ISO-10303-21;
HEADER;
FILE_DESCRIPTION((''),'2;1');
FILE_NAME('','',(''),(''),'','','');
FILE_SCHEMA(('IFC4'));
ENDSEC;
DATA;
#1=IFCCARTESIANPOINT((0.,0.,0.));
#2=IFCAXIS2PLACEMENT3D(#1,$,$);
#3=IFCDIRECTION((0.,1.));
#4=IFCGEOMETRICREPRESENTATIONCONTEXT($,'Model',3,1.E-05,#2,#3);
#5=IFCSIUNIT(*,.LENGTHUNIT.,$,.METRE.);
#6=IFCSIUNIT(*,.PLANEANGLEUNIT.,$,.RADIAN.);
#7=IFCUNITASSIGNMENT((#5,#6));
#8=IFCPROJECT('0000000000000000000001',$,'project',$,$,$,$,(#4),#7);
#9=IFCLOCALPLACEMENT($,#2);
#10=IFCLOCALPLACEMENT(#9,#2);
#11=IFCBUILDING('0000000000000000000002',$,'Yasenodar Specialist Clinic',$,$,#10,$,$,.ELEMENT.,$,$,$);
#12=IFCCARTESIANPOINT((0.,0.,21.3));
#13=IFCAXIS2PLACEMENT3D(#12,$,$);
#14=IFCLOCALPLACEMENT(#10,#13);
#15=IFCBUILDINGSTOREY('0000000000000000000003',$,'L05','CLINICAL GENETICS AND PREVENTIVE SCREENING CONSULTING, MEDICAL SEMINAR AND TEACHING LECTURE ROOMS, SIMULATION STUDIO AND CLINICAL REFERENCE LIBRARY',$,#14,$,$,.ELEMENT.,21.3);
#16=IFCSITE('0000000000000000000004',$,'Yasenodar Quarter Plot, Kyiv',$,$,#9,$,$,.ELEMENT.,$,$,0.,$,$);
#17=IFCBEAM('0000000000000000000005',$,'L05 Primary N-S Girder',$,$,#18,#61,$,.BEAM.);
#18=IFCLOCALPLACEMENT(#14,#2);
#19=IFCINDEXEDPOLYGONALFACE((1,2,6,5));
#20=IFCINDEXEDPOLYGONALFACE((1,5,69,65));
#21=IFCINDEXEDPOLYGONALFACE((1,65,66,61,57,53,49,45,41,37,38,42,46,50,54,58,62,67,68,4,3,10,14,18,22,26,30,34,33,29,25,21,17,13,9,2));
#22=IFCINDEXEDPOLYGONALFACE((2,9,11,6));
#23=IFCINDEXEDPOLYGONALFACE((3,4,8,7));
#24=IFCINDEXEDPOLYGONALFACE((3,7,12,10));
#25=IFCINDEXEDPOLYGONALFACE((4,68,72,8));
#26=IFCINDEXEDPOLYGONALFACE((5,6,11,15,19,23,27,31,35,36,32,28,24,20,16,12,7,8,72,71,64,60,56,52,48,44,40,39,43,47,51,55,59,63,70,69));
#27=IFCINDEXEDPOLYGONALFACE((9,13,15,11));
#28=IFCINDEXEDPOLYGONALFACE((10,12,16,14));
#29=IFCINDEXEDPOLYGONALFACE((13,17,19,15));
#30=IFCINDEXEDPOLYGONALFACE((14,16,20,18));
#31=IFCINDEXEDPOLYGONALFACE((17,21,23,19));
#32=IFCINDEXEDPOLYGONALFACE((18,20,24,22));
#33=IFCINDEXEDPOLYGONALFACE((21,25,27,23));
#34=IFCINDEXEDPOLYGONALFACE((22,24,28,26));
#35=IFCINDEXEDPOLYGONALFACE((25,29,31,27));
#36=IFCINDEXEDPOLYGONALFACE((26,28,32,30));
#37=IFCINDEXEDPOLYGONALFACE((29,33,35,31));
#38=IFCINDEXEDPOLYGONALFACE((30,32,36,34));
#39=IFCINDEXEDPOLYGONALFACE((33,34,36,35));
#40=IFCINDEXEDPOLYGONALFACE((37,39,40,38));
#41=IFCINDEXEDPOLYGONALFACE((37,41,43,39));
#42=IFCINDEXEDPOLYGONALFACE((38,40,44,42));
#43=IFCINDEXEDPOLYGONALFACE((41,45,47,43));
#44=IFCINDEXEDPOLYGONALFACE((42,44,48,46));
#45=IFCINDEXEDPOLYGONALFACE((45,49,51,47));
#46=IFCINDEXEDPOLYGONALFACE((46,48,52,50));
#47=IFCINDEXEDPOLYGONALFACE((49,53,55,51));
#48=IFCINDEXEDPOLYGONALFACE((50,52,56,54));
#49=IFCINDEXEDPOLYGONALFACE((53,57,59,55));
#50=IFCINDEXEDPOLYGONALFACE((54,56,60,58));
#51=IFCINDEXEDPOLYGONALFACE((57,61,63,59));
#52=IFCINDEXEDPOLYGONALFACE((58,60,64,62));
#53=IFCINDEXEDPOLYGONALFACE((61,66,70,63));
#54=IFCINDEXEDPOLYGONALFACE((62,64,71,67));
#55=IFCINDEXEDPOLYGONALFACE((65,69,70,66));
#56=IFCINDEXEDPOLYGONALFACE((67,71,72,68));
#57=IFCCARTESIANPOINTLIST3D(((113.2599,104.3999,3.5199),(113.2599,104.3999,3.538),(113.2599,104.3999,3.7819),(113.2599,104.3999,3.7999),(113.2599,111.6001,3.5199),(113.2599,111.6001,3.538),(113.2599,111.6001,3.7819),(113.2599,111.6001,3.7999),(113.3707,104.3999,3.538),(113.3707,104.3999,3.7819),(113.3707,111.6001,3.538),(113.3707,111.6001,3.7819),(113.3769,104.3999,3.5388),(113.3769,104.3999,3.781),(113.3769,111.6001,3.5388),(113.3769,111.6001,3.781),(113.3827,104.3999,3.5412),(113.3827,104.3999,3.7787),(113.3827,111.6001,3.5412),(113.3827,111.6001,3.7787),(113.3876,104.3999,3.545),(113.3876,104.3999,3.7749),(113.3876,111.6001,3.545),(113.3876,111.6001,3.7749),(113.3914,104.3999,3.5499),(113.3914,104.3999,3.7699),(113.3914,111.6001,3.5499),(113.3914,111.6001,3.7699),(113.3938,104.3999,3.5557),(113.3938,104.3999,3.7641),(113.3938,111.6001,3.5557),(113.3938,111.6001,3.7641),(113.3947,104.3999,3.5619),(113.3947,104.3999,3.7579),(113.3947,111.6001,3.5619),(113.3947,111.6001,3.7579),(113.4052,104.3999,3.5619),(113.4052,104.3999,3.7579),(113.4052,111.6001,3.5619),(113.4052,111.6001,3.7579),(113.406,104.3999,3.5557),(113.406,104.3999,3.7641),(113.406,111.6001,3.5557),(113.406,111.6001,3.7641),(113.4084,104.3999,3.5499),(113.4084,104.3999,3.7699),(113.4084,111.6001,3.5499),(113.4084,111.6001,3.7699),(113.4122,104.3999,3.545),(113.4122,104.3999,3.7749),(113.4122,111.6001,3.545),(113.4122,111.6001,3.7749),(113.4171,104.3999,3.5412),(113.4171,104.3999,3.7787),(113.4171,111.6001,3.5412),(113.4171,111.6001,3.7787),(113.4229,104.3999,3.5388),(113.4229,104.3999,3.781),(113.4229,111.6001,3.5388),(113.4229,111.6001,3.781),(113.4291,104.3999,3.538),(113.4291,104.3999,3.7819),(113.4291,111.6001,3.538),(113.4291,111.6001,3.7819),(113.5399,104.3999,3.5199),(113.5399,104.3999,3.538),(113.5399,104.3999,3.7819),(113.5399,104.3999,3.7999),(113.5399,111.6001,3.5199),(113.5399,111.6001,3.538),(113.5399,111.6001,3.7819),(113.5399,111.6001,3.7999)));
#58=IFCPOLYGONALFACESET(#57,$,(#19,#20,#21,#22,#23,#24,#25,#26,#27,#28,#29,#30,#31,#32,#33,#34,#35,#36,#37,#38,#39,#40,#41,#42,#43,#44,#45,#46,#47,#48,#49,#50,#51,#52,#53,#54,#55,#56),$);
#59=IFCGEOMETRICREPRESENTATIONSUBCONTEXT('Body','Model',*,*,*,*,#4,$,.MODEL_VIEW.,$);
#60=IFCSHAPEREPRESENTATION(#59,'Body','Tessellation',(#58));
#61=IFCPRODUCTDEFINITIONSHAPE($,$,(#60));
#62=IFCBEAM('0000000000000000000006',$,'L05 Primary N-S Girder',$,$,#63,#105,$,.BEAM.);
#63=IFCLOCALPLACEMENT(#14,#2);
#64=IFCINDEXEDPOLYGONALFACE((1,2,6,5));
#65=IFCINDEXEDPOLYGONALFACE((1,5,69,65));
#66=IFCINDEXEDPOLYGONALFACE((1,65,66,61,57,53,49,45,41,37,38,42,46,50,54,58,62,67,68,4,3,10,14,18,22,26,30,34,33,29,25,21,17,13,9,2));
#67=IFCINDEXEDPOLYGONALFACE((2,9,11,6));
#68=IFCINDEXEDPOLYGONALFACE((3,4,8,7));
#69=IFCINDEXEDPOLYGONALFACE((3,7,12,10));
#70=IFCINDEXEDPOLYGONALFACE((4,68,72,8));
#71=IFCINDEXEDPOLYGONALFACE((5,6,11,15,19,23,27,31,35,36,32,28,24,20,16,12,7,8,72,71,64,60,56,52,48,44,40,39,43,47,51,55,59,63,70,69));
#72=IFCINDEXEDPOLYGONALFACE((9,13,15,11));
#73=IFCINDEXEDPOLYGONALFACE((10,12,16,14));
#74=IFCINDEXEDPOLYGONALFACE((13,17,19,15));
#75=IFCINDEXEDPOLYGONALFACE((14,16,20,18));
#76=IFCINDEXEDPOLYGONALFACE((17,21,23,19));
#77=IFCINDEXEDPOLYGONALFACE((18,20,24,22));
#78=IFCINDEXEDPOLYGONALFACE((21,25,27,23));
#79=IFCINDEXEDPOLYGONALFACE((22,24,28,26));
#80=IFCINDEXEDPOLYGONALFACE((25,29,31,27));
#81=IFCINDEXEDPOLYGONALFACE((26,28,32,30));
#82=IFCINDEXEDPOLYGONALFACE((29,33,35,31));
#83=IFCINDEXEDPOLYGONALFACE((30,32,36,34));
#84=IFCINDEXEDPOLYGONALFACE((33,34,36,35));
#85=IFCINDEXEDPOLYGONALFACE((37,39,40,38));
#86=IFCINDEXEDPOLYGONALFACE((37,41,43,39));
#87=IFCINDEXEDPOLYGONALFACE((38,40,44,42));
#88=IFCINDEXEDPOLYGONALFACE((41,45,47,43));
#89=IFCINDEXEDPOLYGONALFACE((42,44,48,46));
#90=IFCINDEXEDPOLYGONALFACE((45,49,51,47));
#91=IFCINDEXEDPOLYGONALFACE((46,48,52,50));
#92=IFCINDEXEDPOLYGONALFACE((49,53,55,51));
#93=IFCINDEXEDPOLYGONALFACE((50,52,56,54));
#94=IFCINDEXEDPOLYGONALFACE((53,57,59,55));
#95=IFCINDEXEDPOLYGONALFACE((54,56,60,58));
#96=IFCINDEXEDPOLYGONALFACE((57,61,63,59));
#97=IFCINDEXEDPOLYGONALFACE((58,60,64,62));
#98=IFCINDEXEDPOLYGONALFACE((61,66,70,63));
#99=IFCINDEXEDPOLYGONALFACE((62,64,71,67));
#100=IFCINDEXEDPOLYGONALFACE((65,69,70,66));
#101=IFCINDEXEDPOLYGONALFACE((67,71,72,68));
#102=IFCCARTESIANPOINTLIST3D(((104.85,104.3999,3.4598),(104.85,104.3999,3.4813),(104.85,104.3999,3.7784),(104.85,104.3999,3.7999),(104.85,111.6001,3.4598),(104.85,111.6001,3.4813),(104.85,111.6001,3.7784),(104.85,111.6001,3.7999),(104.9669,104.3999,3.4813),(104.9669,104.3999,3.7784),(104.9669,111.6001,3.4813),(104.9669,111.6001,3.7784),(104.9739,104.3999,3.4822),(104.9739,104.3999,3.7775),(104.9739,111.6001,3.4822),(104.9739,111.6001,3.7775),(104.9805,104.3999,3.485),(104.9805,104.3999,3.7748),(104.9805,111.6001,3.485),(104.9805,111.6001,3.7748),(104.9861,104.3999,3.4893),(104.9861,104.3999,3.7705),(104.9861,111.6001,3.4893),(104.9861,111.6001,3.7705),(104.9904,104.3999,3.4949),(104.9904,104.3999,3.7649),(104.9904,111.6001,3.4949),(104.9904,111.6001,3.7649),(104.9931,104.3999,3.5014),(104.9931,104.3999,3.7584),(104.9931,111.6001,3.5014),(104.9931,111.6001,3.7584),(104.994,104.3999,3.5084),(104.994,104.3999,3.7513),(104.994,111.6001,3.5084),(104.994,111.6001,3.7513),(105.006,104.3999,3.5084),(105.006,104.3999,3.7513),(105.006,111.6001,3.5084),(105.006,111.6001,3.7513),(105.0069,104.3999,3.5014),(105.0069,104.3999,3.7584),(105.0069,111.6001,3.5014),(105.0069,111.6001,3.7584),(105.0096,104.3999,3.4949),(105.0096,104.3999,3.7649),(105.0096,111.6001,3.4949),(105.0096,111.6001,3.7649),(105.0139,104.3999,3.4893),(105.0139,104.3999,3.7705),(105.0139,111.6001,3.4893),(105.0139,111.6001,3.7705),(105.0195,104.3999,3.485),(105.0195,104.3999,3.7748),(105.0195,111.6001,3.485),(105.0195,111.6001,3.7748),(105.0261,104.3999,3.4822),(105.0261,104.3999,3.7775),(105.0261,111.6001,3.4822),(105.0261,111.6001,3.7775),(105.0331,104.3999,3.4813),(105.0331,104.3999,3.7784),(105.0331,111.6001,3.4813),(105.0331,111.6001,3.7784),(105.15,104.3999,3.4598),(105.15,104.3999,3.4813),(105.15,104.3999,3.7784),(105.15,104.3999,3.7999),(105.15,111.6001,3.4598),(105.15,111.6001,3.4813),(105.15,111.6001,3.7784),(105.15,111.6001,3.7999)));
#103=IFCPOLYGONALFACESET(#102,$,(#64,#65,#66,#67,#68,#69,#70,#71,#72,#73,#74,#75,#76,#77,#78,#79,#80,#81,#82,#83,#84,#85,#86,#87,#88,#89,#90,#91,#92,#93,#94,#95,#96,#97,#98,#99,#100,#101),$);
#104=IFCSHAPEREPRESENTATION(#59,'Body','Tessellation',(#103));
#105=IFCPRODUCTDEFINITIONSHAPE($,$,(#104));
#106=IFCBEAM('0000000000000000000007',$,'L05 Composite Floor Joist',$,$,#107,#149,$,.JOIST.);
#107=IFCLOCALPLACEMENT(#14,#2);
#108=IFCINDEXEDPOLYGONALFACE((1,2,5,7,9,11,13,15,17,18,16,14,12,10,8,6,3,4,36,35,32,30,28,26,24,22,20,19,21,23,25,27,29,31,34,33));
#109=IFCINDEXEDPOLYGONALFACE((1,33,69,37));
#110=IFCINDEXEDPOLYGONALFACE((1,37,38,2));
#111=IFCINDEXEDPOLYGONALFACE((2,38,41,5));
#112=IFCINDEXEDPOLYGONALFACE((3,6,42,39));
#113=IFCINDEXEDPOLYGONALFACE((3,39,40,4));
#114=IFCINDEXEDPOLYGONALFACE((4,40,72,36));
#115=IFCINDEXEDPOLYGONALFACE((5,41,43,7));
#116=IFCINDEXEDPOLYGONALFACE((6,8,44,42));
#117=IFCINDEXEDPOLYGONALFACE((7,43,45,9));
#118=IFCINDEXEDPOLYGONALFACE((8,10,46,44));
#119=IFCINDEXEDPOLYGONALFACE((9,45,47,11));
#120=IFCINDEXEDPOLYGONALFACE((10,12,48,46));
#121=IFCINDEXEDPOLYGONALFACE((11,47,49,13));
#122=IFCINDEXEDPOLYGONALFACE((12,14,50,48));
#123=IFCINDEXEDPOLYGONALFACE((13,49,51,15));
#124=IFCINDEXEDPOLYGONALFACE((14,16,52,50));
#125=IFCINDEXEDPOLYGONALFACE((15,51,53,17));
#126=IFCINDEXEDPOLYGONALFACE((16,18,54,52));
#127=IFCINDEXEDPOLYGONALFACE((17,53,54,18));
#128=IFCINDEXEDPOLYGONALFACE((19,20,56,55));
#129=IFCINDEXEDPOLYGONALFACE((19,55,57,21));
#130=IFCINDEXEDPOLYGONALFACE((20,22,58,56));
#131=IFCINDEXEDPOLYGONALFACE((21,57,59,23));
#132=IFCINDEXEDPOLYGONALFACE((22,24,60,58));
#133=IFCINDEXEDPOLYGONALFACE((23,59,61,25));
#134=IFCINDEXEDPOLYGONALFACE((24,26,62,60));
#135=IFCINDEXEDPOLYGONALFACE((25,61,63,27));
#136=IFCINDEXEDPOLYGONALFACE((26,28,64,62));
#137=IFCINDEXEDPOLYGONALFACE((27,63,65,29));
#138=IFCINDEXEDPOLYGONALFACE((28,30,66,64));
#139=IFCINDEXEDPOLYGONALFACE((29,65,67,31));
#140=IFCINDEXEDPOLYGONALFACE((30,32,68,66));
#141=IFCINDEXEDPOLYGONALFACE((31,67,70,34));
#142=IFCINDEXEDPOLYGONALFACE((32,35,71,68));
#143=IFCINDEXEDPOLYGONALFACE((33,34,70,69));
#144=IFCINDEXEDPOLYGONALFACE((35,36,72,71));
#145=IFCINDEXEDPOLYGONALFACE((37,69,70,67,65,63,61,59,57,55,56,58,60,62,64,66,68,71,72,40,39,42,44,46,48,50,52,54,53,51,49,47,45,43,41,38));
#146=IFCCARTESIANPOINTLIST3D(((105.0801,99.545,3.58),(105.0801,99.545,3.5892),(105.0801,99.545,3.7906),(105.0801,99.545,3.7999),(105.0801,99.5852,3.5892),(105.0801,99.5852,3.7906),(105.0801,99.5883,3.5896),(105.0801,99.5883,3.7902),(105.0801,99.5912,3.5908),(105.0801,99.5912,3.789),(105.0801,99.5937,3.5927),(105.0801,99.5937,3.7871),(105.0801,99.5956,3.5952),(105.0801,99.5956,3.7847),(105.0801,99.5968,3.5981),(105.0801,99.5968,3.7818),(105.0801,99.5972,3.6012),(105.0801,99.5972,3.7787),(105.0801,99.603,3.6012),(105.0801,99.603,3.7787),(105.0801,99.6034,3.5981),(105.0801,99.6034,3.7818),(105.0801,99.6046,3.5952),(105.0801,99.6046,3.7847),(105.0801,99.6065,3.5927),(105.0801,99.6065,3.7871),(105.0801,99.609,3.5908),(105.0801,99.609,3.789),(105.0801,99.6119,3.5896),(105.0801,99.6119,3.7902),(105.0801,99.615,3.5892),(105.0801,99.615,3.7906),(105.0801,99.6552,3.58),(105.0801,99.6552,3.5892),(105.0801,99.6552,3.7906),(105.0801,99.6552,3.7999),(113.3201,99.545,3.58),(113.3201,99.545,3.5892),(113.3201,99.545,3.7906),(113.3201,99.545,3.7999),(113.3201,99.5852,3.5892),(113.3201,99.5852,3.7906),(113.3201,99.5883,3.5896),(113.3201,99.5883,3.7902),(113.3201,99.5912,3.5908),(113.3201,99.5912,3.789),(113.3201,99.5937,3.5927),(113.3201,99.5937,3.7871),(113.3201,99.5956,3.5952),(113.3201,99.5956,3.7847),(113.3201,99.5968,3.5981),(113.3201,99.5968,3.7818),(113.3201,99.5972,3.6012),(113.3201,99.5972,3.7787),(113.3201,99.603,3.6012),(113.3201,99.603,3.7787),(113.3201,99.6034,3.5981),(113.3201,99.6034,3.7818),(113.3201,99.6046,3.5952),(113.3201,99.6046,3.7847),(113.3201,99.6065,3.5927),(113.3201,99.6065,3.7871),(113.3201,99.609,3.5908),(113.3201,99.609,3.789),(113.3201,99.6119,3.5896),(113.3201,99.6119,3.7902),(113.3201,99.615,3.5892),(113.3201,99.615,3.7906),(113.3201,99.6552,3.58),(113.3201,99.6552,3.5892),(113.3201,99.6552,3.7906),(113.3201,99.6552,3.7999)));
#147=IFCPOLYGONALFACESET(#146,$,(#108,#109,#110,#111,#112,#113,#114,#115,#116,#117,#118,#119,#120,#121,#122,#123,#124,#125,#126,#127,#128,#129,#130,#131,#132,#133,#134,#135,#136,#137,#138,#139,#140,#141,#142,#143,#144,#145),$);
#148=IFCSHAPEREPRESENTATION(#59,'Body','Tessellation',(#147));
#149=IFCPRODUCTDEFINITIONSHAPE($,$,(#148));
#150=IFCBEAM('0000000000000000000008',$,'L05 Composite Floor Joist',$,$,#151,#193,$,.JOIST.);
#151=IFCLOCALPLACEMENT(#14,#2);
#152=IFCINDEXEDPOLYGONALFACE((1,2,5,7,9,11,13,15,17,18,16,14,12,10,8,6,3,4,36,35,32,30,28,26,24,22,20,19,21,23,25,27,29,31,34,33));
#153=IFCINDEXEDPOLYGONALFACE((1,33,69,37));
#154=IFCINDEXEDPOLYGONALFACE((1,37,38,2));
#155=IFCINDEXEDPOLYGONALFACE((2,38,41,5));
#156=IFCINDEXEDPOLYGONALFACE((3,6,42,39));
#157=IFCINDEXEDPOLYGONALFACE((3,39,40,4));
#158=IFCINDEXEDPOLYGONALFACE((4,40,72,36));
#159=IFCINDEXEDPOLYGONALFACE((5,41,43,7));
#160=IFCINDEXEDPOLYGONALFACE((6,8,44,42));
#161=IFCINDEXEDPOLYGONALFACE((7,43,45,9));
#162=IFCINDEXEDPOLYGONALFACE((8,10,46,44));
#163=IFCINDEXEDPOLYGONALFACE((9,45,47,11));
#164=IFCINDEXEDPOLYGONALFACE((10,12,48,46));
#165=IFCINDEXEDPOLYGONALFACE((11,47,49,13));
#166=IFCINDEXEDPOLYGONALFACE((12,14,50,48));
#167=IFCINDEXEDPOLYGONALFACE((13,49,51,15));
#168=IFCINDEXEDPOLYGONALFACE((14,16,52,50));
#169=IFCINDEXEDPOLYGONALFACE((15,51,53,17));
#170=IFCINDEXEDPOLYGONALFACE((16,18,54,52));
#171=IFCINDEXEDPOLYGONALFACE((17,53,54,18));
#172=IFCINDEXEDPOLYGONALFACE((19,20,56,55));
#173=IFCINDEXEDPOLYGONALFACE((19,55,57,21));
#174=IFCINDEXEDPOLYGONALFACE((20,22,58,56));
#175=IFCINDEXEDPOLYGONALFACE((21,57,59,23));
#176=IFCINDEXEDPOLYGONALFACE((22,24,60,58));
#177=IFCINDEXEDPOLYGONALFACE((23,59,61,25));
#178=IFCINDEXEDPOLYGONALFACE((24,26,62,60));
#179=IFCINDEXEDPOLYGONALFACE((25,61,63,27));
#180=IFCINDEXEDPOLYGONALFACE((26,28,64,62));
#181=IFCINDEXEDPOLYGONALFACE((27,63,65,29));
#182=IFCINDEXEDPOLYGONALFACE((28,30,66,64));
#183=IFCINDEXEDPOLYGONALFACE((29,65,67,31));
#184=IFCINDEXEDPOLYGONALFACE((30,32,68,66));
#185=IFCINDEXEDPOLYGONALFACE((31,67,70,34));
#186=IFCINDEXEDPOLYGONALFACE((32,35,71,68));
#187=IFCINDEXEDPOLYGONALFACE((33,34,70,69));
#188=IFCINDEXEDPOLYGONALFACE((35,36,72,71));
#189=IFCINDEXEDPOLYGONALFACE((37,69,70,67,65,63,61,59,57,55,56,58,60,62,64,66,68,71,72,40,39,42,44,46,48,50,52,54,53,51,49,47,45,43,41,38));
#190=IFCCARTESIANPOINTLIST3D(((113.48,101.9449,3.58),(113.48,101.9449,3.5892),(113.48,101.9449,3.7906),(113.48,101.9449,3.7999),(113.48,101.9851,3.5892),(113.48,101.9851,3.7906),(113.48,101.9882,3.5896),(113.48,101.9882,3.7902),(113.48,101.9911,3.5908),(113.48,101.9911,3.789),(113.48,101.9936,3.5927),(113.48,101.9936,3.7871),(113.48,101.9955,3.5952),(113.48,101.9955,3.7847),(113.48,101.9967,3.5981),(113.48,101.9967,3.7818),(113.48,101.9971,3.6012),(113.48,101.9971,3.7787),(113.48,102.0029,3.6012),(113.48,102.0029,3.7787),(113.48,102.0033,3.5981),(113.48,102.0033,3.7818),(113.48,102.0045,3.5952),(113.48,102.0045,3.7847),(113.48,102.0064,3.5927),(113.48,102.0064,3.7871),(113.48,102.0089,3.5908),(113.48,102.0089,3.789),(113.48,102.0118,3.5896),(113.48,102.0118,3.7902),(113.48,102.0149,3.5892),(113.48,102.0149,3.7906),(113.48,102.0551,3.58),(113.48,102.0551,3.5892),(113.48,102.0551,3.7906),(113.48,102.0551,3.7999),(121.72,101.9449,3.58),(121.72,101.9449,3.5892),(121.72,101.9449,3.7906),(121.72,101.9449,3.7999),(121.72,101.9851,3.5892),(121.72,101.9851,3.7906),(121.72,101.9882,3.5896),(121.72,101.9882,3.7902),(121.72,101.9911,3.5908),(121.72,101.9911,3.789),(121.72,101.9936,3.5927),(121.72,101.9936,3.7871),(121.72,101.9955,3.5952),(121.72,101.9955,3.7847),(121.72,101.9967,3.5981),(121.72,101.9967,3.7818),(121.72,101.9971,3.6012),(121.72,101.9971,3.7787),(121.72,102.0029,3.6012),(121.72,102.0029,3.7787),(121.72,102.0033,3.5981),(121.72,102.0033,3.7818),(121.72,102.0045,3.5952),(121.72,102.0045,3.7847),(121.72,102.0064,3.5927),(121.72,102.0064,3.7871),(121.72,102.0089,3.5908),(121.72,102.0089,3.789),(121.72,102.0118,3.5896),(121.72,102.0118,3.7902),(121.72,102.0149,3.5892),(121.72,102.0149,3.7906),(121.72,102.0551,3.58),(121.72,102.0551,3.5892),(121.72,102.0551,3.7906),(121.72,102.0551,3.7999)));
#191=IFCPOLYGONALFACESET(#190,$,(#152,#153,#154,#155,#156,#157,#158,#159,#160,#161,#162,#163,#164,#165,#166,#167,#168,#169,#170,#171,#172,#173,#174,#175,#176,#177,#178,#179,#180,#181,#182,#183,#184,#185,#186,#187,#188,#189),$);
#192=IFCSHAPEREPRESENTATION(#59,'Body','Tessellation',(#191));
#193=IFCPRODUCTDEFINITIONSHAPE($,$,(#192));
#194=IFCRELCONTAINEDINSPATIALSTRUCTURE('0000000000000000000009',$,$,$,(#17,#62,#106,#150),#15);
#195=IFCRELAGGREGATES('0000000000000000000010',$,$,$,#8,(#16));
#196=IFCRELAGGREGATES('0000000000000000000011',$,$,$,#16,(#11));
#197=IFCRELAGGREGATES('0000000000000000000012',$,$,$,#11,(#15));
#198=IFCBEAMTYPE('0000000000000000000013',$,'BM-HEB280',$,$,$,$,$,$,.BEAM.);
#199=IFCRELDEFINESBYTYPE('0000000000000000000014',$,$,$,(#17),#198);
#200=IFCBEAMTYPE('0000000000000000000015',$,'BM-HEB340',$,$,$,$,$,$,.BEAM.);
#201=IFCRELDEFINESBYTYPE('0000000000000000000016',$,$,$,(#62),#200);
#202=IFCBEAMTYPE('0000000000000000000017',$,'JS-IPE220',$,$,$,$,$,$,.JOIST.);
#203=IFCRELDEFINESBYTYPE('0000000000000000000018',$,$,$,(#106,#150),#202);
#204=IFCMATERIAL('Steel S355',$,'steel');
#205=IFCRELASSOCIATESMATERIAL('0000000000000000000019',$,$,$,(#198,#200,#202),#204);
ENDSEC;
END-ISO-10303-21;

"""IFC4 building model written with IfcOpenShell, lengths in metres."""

from ifc_helpers import new_model, si_unit, direction, frame, origin, origin_2d, place, context, subcontext, project, spatial, i_section, extrude, material, material_profile, profile_set, type_object, element, save


model = new_model("IFC4")

# Units and contexts
model_context = context("Model", 3, precision=1e-05, world=origin(), true_north=direction((0.0, 1.0)))
body_context = subcontext(model_context, "Body", "Model", "MODEL_VIEW")
ifc_project = project(units=[si_unit("LENGTHUNIT", "METRE"), si_unit("PLANEANGLEUNIT", "RADIAN")], contexts=[model_context])

# Site, building, storey
site_placement = place(None, origin())
site = spatial("IfcSite", under=ifc_project, at=site_placement, Name="Yasenodar Quarter Plot, Kyiv", CompositionType="ELEMENT", RefElevation=0.0)
building_placement = place(site_placement, origin())
building = spatial("IfcBuilding", under=site, at=building_placement, Name="Yasenodar Specialist Clinic", CompositionType="ELEMENT")
storey_placement = place(building_placement, frame((0.0, 0.0, 21.3)))
storey = spatial("IfcBuildingStorey", under=building, at=storey_placement, Name="L05", Description="CLINICAL GENETICS AND PREVENTIVE SCREENING CONSULTING, MEDICAL SEMINAR AND TEACHING LECTURE ROOMS, SIMULATION STUDIO AND CLINICAL REFERENCE LIBRARY", CompositionType="ELEMENT", Elevation=21.3)

# Shared definitions
ifc_material_1 = material(Name="Steel S355", Category="steel")

# Beams
ifc_material_profile_1 = material_profile(ifc_material_1, i_section(OverallWidth=0.28, OverallDepth=0.28, WebThickness=0.0105, FlangeThickness=0.0181, FilletRadius=0.0239, at=origin_2d()), Name="HEB 280")
ifc_profile_set_1 = profile_set([ifc_material_profile_1], Name="Steel S355")
beam_type_1 = type_object("IfcBeamType", Name="BM-HEB280", PredefinedType="BEAM", material=ifc_profile_set_1)
beam_1_placement = place(storey_placement, frame((113.3999, 104.3999, 3.6599), z_axis=(0.0, 1.0, 0.0), x_axis=(-1.0, 0.0, 0.0)))
element("IfcBeam", 1, at=beam_1_placement, inside=storey, type_object=beam_type_1, Name="L05 Primary N-S Girder", PredefinedType="BEAM", context=body_context, shape_type="SweptSolid", body=[
    extrude(i_section(OverallWidth=0.28, OverallDepth=0.28, WebThickness=0.0105, FlangeThickness=0.0181, FilletRadius=0.0239, at=origin_2d()), origin(), (0.0, 0.0, 1.0), 7.2002),
])
ifc_material_profile_2 = material_profile(ifc_material_1, i_section(OverallWidth=0.3, OverallDepth=0.3401, WebThickness=0.012, FlangeThickness=0.0215, FilletRadius=0.0271, at=origin_2d()), Name="HEB 340")
ifc_profile_set_2 = profile_set([ifc_material_profile_2], Name="Steel S355")
beam_type_2 = type_object("IfcBeamType", Name="BM-HEB340", PredefinedType="BEAM", material=ifc_profile_set_2)
beam_2_placement = place(storey_placement, frame((105.0, 104.3999, 3.6299), z_axis=(0.0, 1.0, 0.0), x_axis=(-1.0, 0.0, 0.0)))
element("IfcBeam", 2, at=beam_2_placement, inside=storey, type_object=beam_type_2, Name="L05 Primary N-S Girder", PredefinedType="BEAM", context=body_context, shape_type="SweptSolid", body=[
    extrude(i_section(OverallWidth=0.3, OverallDepth=0.3401, WebThickness=0.012, FlangeThickness=0.0215, FilletRadius=0.0271, at=origin_2d()), origin(), (0.0, 0.0, 1.0), 7.2002),
])
ifc_material_profile_3 = material_profile(ifc_material_1, i_section(OverallWidth=0.1101, OverallDepth=0.22, WebThickness=0.0059, FlangeThickness=0.0093, FilletRadius=0.012, at=origin_2d()), Name="IPE 220")
ifc_profile_set_3 = profile_set([ifc_material_profile_3], Name="Steel S355")
beam_type_3 = type_object("IfcBeamType", Name="JS-IPE220", PredefinedType="JOIST", material=ifc_profile_set_3)
for number, where, z_axis, x_axis, name in (
    (3, (105.0801, 99.6001, 3.6899), (1.0, 0.0, 0.0), (0.0, 1.0, 0.0), "L05 Composite Floor Joist"),
    (4, (113.48, 102.0, 3.6899), (1.0, 0.0, 0.0), (0.0, 1.0, 0.0), "L05 Composite Floor Joist"),
):
    element("IfcBeam", number, at=place(storey_placement, frame(where, z_axis=z_axis, x_axis=x_axis)), inside=storey, type_object=beam_type_3, Name=name, PredefinedType="JOIST", context=body_context, shape_type="SweptSolid", body=[
        extrude(i_section(OverallWidth=0.1101, OverallDepth=0.22, WebThickness=0.0059, FlangeThickness=0.0093, FilletRadius=0.012, at=origin_2d()), origin(), (0.0, 0.0, 1.0), 8.24),
    ])

save(model, "model.ifc")
